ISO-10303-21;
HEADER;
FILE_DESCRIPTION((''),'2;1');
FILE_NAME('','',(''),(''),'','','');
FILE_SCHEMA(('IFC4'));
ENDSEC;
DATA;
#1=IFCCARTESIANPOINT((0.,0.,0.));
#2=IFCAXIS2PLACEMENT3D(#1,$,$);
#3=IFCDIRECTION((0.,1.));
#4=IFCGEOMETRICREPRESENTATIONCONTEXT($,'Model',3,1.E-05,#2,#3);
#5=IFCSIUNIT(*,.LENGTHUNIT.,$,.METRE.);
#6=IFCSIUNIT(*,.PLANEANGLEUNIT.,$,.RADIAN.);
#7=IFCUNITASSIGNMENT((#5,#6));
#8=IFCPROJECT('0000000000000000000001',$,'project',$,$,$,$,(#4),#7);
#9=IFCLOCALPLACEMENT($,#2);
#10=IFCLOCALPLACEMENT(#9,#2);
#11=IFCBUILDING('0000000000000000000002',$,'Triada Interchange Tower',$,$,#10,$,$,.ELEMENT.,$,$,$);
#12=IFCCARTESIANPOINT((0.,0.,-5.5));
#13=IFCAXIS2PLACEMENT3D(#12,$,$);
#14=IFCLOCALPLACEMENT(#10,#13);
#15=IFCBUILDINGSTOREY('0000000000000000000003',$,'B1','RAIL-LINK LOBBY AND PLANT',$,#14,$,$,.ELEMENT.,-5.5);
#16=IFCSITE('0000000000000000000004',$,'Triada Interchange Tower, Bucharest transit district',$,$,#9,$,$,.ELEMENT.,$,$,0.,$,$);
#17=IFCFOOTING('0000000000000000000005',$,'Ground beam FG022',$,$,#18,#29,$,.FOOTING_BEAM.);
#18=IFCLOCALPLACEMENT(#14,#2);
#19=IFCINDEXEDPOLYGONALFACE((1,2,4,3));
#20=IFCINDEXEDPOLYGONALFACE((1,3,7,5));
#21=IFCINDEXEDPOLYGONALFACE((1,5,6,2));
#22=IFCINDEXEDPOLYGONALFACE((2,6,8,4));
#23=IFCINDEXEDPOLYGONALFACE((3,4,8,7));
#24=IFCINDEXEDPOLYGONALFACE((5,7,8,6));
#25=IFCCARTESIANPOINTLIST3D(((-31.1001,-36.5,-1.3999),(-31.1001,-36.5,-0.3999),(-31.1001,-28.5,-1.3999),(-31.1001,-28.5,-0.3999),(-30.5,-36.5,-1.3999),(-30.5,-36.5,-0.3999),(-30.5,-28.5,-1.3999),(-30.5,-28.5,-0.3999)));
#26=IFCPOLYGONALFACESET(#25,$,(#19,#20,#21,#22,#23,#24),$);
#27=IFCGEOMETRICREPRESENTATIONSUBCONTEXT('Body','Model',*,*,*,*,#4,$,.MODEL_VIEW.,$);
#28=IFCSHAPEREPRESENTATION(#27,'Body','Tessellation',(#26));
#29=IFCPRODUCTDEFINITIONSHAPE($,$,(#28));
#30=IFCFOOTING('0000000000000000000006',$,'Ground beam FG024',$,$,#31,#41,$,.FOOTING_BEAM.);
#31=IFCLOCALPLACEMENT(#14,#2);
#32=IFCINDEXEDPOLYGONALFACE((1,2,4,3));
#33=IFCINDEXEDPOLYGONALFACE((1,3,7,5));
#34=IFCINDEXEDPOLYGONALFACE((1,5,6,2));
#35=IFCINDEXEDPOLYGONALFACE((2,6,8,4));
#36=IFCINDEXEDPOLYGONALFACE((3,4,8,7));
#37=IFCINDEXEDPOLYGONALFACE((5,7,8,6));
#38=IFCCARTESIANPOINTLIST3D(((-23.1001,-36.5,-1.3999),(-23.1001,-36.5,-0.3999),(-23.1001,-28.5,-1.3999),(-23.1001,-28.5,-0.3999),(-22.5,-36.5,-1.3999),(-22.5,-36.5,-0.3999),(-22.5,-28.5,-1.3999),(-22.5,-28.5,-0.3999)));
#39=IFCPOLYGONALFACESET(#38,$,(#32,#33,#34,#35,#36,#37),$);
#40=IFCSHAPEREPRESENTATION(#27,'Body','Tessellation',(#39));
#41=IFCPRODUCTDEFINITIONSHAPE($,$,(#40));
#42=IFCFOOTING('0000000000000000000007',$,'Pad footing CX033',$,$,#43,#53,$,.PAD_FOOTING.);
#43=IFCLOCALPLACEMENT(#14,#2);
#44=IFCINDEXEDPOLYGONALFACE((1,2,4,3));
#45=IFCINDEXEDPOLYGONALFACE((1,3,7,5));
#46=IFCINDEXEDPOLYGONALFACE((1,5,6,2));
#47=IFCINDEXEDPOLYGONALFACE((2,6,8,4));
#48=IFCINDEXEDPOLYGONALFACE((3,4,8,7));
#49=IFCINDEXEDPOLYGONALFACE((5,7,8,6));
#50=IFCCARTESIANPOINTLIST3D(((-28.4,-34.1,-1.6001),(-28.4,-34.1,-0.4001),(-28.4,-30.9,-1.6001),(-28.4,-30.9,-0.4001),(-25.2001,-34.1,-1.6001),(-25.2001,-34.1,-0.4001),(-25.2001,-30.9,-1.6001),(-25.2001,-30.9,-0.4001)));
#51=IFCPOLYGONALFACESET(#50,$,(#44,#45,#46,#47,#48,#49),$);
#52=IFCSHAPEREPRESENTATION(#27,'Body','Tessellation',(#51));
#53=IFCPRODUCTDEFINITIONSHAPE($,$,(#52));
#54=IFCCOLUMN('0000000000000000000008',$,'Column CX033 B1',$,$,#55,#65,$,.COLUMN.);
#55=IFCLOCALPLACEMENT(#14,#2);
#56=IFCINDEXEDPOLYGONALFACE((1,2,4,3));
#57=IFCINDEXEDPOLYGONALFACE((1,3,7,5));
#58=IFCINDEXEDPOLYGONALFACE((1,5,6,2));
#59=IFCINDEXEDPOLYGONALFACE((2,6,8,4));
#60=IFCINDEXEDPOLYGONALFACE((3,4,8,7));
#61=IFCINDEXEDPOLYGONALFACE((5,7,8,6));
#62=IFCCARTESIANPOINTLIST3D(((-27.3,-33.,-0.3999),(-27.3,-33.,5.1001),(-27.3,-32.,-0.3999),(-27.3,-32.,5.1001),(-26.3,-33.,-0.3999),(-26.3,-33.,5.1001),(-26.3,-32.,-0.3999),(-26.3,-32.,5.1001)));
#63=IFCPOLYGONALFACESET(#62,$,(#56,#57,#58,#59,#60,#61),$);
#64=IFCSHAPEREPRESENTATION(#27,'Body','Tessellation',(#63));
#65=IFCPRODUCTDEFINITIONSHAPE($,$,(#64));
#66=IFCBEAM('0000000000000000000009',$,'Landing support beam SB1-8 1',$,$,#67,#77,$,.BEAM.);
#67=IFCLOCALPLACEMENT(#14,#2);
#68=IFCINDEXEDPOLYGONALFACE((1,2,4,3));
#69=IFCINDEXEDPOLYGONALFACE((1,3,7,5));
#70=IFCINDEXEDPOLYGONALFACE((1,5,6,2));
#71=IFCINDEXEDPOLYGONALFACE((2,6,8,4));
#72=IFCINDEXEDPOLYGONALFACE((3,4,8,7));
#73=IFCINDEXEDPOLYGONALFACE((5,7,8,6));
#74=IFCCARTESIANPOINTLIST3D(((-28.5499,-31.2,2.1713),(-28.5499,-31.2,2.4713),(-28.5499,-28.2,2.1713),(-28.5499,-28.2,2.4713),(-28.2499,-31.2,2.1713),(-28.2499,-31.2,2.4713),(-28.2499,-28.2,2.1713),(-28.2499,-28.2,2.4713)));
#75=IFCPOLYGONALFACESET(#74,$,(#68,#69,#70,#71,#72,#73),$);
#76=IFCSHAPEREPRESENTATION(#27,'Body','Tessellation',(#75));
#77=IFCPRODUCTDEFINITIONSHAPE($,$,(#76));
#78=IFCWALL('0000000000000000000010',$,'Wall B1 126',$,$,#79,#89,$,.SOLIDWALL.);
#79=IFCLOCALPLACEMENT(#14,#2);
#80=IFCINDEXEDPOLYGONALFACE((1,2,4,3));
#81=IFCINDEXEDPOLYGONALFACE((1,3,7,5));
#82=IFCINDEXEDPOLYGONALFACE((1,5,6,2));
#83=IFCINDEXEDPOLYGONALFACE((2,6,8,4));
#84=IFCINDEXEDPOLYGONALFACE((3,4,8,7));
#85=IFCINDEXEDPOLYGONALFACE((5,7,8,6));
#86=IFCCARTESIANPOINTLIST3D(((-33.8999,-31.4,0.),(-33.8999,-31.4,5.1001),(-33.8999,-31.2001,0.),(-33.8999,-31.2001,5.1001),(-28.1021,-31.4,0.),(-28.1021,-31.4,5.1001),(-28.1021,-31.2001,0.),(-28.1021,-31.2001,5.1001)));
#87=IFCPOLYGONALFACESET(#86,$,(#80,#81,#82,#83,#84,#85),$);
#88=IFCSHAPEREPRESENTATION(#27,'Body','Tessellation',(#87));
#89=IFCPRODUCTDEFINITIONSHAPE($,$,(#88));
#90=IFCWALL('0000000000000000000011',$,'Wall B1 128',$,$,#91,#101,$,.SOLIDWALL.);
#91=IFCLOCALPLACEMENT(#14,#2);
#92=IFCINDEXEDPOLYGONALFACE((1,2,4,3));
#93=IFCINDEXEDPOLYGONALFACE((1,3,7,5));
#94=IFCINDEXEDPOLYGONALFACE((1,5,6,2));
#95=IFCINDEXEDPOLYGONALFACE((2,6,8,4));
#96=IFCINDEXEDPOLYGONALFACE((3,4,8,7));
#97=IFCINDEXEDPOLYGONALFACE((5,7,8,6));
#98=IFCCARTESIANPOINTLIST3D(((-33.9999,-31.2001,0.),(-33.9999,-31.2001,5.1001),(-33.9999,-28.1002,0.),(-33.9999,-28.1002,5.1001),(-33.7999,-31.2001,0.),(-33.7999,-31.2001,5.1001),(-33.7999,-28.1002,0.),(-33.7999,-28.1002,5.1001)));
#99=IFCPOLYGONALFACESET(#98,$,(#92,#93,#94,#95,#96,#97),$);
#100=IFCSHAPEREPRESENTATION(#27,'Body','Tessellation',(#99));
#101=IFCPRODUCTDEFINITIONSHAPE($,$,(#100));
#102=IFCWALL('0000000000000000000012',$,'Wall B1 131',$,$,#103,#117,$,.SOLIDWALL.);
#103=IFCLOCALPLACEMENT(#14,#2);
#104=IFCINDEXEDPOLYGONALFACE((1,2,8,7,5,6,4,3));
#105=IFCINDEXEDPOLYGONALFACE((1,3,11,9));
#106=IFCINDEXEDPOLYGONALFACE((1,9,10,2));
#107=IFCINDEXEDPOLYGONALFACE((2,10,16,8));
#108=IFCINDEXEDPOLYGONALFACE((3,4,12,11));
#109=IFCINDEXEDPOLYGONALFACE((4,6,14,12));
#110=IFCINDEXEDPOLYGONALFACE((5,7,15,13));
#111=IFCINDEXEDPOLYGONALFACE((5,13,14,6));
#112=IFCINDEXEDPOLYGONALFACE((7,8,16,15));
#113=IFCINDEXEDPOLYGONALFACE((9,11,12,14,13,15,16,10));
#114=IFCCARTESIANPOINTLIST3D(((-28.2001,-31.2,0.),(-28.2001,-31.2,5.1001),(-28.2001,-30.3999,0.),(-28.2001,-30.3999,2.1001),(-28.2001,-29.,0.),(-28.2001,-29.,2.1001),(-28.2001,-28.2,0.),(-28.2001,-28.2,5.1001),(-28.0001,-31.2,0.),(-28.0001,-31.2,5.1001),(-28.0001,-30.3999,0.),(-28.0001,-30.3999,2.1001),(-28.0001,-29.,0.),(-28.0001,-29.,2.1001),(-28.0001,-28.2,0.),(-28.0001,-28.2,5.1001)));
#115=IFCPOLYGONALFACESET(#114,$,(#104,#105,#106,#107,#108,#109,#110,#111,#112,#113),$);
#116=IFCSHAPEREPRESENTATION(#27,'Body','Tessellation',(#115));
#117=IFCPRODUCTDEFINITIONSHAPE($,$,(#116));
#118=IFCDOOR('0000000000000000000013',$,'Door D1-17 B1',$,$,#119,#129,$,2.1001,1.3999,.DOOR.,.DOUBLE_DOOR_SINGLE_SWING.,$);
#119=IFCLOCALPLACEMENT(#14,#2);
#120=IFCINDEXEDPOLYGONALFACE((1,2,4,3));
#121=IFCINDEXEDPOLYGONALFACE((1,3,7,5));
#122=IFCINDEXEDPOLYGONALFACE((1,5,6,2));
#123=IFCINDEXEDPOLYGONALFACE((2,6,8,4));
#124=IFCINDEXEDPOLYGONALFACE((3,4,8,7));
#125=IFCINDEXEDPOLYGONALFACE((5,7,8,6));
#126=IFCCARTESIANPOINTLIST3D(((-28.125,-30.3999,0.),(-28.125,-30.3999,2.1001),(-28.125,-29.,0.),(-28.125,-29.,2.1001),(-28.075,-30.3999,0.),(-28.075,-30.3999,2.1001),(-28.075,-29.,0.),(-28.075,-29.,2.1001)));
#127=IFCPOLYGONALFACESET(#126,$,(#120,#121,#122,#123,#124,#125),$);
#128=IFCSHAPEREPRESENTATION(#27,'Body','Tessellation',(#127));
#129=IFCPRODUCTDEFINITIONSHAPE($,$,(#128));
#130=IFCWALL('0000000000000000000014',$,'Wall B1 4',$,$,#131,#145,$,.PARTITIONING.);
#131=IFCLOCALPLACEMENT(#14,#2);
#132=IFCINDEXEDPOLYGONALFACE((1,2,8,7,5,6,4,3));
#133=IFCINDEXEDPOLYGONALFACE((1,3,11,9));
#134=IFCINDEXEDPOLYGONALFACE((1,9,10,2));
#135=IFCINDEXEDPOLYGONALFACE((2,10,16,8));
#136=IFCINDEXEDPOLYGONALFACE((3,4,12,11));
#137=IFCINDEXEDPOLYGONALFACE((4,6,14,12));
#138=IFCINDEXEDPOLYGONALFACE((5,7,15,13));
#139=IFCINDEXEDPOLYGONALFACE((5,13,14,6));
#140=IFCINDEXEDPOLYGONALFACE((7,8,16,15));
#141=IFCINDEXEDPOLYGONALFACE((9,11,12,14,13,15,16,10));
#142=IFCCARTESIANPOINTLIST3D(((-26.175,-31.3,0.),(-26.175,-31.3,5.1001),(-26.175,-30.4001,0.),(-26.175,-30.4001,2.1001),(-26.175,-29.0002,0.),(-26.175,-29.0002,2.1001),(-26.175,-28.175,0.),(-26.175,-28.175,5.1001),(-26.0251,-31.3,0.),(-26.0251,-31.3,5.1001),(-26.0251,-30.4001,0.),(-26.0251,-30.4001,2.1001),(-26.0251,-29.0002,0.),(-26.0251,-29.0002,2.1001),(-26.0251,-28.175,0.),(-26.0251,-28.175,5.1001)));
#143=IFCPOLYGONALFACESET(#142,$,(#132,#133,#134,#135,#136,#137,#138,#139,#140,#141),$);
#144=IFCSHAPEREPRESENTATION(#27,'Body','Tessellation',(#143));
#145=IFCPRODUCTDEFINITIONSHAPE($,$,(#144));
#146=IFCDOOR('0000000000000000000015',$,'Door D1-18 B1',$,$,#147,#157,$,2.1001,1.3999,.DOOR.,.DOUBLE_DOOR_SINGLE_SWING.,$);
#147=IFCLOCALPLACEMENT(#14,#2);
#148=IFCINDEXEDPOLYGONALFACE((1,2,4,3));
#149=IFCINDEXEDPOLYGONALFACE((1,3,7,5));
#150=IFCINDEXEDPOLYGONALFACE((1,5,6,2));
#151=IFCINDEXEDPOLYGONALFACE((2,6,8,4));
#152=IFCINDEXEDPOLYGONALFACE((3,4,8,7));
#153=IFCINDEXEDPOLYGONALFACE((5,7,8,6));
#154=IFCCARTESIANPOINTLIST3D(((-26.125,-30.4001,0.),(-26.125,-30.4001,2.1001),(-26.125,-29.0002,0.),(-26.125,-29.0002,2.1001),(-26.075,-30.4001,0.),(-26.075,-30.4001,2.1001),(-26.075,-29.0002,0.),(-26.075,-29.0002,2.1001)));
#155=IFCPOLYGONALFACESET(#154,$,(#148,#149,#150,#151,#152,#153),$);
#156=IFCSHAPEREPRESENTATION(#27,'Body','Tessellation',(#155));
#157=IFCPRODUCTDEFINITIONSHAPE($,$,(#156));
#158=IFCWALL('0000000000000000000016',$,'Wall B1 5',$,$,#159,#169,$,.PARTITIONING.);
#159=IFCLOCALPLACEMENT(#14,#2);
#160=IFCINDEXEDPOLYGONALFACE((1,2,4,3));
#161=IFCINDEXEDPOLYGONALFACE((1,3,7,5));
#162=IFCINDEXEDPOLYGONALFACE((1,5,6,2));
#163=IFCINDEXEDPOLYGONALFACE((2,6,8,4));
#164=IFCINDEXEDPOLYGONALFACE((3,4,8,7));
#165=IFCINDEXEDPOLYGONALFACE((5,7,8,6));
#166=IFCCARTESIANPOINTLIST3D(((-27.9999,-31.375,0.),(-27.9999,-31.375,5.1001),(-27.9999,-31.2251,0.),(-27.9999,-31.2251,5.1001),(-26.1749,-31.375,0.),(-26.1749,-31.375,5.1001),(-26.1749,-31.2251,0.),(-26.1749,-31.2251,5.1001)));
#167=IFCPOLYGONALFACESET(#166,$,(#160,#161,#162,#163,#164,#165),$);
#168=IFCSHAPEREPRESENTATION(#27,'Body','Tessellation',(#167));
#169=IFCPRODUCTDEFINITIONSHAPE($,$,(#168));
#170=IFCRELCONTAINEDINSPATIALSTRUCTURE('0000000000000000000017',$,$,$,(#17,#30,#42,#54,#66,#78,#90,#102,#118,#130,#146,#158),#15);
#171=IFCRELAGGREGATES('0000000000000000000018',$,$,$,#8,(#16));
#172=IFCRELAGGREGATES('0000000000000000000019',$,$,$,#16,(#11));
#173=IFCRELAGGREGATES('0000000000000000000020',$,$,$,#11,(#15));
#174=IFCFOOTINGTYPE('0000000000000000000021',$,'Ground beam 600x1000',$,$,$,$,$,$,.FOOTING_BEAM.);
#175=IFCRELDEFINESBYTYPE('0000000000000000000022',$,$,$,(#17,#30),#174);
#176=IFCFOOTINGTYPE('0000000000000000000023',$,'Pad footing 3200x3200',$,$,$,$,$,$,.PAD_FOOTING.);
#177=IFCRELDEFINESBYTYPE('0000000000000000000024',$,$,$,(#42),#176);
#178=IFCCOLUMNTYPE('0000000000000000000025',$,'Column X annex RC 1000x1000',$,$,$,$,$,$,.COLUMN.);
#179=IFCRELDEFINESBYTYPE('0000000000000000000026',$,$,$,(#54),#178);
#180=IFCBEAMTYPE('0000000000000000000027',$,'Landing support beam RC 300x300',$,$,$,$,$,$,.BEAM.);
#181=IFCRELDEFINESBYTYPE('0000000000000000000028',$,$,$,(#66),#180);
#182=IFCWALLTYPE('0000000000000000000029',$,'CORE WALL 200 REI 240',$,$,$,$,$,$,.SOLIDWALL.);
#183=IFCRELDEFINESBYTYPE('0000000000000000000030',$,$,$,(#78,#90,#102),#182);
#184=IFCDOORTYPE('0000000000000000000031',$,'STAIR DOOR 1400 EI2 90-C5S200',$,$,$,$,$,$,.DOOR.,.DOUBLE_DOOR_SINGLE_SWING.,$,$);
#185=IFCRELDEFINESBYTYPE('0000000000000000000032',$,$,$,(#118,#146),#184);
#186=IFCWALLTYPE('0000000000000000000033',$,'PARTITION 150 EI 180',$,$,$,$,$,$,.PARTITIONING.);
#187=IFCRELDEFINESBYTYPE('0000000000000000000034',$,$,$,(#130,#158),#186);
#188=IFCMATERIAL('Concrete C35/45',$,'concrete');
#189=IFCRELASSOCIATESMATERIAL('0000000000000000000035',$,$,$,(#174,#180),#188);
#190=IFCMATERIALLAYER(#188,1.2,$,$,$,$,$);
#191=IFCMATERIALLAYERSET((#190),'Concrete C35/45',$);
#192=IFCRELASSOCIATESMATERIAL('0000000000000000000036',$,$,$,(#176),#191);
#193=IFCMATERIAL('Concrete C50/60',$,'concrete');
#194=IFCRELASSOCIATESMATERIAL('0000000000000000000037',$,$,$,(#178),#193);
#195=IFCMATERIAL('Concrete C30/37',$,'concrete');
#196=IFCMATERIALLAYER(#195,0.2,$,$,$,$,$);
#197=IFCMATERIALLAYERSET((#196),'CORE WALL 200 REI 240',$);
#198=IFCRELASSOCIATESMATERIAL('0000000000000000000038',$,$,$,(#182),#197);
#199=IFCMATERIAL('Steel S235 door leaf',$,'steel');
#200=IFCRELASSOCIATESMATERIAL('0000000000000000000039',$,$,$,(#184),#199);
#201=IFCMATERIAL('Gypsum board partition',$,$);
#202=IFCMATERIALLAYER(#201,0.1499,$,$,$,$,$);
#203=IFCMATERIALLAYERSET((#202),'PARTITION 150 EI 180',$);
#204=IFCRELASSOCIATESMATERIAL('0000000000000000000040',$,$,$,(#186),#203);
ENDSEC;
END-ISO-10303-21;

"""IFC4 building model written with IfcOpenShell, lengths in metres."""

from ifc_helpers import new_model, si_unit, direction, frame, frame_2d, origin, origin_2d, place, context, subcontext, project, spatial, rectangle, extrude, material, layer, layer_set, material_profile, profile_set, type_object, element, fill, save


model = new_model("IFC4")

# Units and contexts
model_context = context("Model", 3, precision=1e-05, world=origin(), true_north=direction((0.0, 1.0)))
body_context = subcontext(model_context, "Body", "Model", "MODEL_VIEW")
ifc_project = project(units=[si_unit("LENGTHUNIT", "METRE"), si_unit("PLANEANGLEUNIT", "RADIAN")], contexts=[model_context])

# Site, building, storey
site_placement = place(None, origin())
site = spatial("IfcSite", under=ifc_project, at=site_placement, Name="Triada Interchange Tower, Bucharest transit district", CompositionType="ELEMENT", RefElevation=0.0)
building_placement = place(site_placement, origin())
building = spatial("IfcBuilding", under=site, at=building_placement, Name="Triada Interchange Tower", CompositionType="ELEMENT")
storey_placement = place(building_placement, frame((0.0, 0.0, -5.5)))
storey = spatial("IfcBuildingStorey", under=building, at=storey_placement, Name="B1", Description="RAIL-LINK LOBBY AND PLANT", CompositionType="ELEMENT", Elevation=-5.5)

# Footings
ifc_material_1 = material(Name="Concrete C35/45", Category="concrete")
footing_type_1 = type_object("IfcFootingType", Name="Ground beam 600x1000", PredefinedType="FOOTING_BEAM", material=ifc_material_1)
for number, where, z_axis, x_axis, name in (
    (1, (-30.8, -32.5, -1.3999), (0.0, 0.0, 1.0), (1.0, 0.0, 0.0), "Ground beam FG022"),
    (2, (-22.8, -32.5, -1.3999), (0.0, 0.0, 1.0), (1.0, 0.0, 0.0), "Ground beam FG024"),
):
    element("IfcFooting", number, at=place(storey_placement, frame(where, z_axis=z_axis, x_axis=x_axis)), inside=storey, type_object=footing_type_1, Name=name, PredefinedType="FOOTING_BEAM", context=body_context, shape_type="SweptSolid", body=[
        extrude(rectangle(XDim=0.6001, YDim=8.0, at=origin_2d()), origin(), (0.0, 0.0, 1.0), 1.0),
    ])
ifc_layer_1 = layer(ifc_material_1, 1.2)
ifc_layer_set_1 = layer_set([ifc_layer_1], Name="Concrete C35/45")
footing_type_2 = type_object("IfcFootingType", Name="Pad footing 3200x3200", PredefinedType="PAD_FOOTING", material=ifc_layer_set_1)
footing_placement = place(storey_placement, frame((-26.8, -32.5, -1.6001), z_axis=(0.0, 0.0, 1.0), x_axis=(1.0, 0.0, 0.0)))
element("IfcFooting", 3, at=footing_placement, inside=storey, type_object=footing_type_2, Name="Pad footing CX033", PredefinedType="PAD_FOOTING", context=body_context, shape_type="SweptSolid", body=[
    extrude(rectangle(XDim=3.2, YDim=3.2, at=origin_2d()), origin(), (0.0, 0.0, 1.0), 1.2),
])

# Column
ifc_material_2 = material(Name="Concrete C50/60", Category="concrete")
ifc_material_profile_1 = material_profile(ifc_material_2, rectangle(XDim=1.0, YDim=1.0, at=origin_2d()), Name="RC 1000x1000")
ifc_profile_set_1 = profile_set([ifc_material_profile_1], Name="Concrete C50/60")
column_type = type_object("IfcColumnType", Name="Column X annex RC 1000x1000", PredefinedType="COLUMN", material=ifc_profile_set_1)
column_placement = place(storey_placement, frame((-26.8, -32.5, -0.3999), z_axis=(0.0, 0.0, 1.0), x_axis=(1.0, 0.0, 0.0)))
element("IfcColumn", 4, at=column_placement, inside=storey, type_object=column_type, Name="Column CX033 B1", PredefinedType="COLUMN", context=body_context, shape_type="SweptSolid", body=[
    extrude(rectangle(XDim=1.0, YDim=1.0, at=origin_2d()), origin(), (0.0, 0.0, 1.0), 5.5),
])

# Beam
ifc_material_profile_2 = material_profile(ifc_material_1, rectangle(XDim=0.3, YDim=0.3, at=origin_2d()), Name="RC 300x300")
ifc_profile_set_2 = profile_set([ifc_material_profile_2], Name="Concrete C35/45")
beam_type = type_object("IfcBeamType", Name="Landing support beam RC 300x300", PredefinedType="BEAM", material=ifc_profile_set_2)
beam_placement = place(storey_placement, frame((-28.3999, -31.2, 2.3213), z_axis=(0.0, 1.0, 0.0), x_axis=(-1.0, 0.0, 0.0)))
element("IfcBeam", 5, at=beam_placement, inside=storey, type_object=beam_type, Name="Landing support beam SB1-8 1", PredefinedType="BEAM", context=body_context, shape_type="SweptSolid", body=[
    extrude(rectangle(XDim=0.3, YDim=0.3, at=origin_2d()), origin(), (0.0, 0.0, 1.0), 3.0),
])

# Walls
ifc_material_3 = material(Name="Concrete C30/37", Category="concrete")
ifc_layer_2 = layer(ifc_material_3, 0.2)
ifc_layer_set_2 = layer_set([ifc_layer_2], Name="CORE WALL 200 REI 240")
wall_type_1 = type_object("IfcWallType", Name="CORE WALL 200 REI 240", PredefinedType="SOLIDWALL", material=ifc_layer_set_2)
wall_1_placement = place(storey_placement, frame((-33.8999, -31.3, 0.0), z_axis=(0.0, 0.0, 1.0), x_axis=(1.0, 0.0, 0.0)))
element("IfcWall", 6, at=wall_1_placement, inside=storey, type_object=wall_type_1, Name="Wall B1 126", PredefinedType="SOLIDWALL", context=body_context, shape_type="SweptSolid", body=[
    extrude(rectangle(XDim=5.7979, YDim=0.2, at=frame_2d((2.8989, 0.0))), origin(), (0.0, 0.0, 1.0), 5.1001),
])
wall_2_placement = place(storey_placement, frame((-33.8999, -31.2, 0.0), z_axis=(0.0, 0.0, 1.0), x_axis=(0.0, 1.0, 0.0)))
element("IfcWall", 7, at=wall_2_placement, inside=storey, type_object=wall_type_1, Name="Wall B1 128", PredefinedType="SOLIDWALL", context=body_context, shape_type="SweptSolid", body=[
    extrude(rectangle(XDim=3.0999, YDim=0.2, at=frame_2d((1.5498, 0.0))), origin(), (0.0, 0.0, 1.0), 5.1001),
])

# Walls, openings, doors
wall_3_placement = place(storey_placement, frame((-28.1001, -31.2, 0.0), z_axis=(0.0, 0.0, 1.0), x_axis=(0.0, 1.0, 0.0)))
wall_3 = element("IfcWall", 8, at=wall_3_placement, inside=storey, type_object=wall_type_1, Name="Wall B1 131", PredefinedType="SOLIDWALL", context=body_context, shape_type="SweptSolid", body=[
    extrude(rectangle(XDim=3.0, YDim=0.2, at=frame_2d((1.5, 0.0))), origin(), (0.0, 0.0, 1.0), 5.1001),
])
opening_1_placement = place(wall_3_placement, frame((0.8, 0.0, 0.0)))
opening_1 = element("IfcOpeningElement", 9, at=opening_1_placement, cuts=wall_3, PredefinedType="OPENING", context=body_context, shape_type="SweptSolid", body=[
    extrude(rectangle(XDim=1.3999, YDim=2.1001, at=frame_2d((0.7, 1.05))), frame((0.0, 0.1099, 0.0), z_axis=(0.0, -1.0, 0.0), x_axis=(1.0, 0.0, 0.0)), (0.0, 0.0, 1.0), 0.22),
])
ifc_material_4 = material(Name="Steel S235 door leaf", Category="steel")
door_type = type_object("IfcDoorType", Name="STAIR DOOR 1400 EI2 90-C5S200", OperationType="DOUBLE_DOOR_SINGLE_SWING", PredefinedType="DOOR", material=ifc_material_4)
door_1_placement = place(opening_1_placement, origin())
door_1 = element("IfcDoor", 10, at=door_1_placement, inside=storey, type_object=door_type, Name="Door D1-17 B1", OperationType="DOUBLE_DOOR_SINGLE_SWING", OverallHeight=2.1001, OverallWidth=1.3999, PredefinedType="DOOR", context=body_context, shape_type="SweptSolid", body=[
    extrude(rectangle(XDim=1.3999, YDim=2.1001, at=frame_2d((0.7, 1.05))), frame((0.0, 0.0249, 0.0), z_axis=(0.0, -1.0, 0.0), x_axis=(1.0, 0.0, 0.0)), (0.0, 0.0, 1.0), 0.05),
])
fill(opening_1, door_1)
ifc_material_5 = material(Name="Gypsum board partition")
ifc_layer_3 = layer(ifc_material_5, 0.1499)
ifc_layer_set_3 = layer_set([ifc_layer_3], Name="PARTITION 150 EI 180")
wall_type_2 = type_object("IfcWallType", Name="PARTITION 150 EI 180", PredefinedType="PARTITIONING", material=ifc_layer_set_3)
wall_4_placement = place(storey_placement, frame((-26.1001, -31.3, 0.0), z_axis=(0.0, 0.0, 1.0), x_axis=(0.0, 1.0, 0.0)))
wall_4 = element("IfcWall", 11, at=wall_4_placement, inside=storey, type_object=wall_type_2, Name="Wall B1 4", PredefinedType="PARTITIONING", context=body_context, shape_type="SweptSolid", body=[
    extrude(rectangle(XDim=3.125, YDim=0.1499, at=frame_2d((1.5625, 0.0))), origin(), (0.0, 0.0, 1.0), 5.1001),
])
opening_2_placement = place(wall_4_placement, frame((0.8999, 0.0, 0.0)))
opening_2 = element("IfcOpeningElement", 12, at=opening_2_placement, cuts=wall_4, PredefinedType="OPENING", context=body_context, shape_type="SweptSolid", body=[
    extrude(rectangle(XDim=1.3999, YDim=2.1001, at=frame_2d((0.7, 1.05))), frame((0.0, 0.085, 0.0), z_axis=(0.0, -1.0, 0.0), x_axis=(1.0, 0.0, 0.0)), (0.0, 0.0, 1.0), 0.1699),
])
door_2_placement = place(opening_2_placement, origin())
door_2 = element("IfcDoor", 13, at=door_2_placement, inside=storey, type_object=door_type, Name="Door D1-18 B1", OperationType="DOUBLE_DOOR_SINGLE_SWING", OverallHeight=2.1001, OverallWidth=1.3999, PredefinedType="DOOR", context=body_context, shape_type="SweptSolid", body=[
    extrude(rectangle(XDim=1.3999, YDim=2.1001, at=frame_2d((0.7, 1.05))), frame((0.0, 0.0249, 0.0), z_axis=(0.0, -1.0, 0.0), x_axis=(1.0, 0.0, 0.0)), (0.0, 0.0, 1.0), 0.05),
])
fill(opening_2, door_2)

# Wall
wall_5_placement = place(storey_placement, frame((-28.0, -31.3, 0.0), z_axis=(0.0, 0.0, 1.0), x_axis=(1.0, 0.0, 0.0)))
element("IfcWall", 14, at=wall_5_placement, inside=storey, type_object=wall_type_2, Name="Wall B1 5", PredefinedType="PARTITIONING", context=body_context, shape_type="SweptSolid", body=[
    extrude(rectangle(XDim=1.825, YDim=0.1499, at=frame_2d((0.9126, 0.0))), origin(), (0.0, 0.0, 1.0), 5.1001),
])

save(model, "model.ifc")
